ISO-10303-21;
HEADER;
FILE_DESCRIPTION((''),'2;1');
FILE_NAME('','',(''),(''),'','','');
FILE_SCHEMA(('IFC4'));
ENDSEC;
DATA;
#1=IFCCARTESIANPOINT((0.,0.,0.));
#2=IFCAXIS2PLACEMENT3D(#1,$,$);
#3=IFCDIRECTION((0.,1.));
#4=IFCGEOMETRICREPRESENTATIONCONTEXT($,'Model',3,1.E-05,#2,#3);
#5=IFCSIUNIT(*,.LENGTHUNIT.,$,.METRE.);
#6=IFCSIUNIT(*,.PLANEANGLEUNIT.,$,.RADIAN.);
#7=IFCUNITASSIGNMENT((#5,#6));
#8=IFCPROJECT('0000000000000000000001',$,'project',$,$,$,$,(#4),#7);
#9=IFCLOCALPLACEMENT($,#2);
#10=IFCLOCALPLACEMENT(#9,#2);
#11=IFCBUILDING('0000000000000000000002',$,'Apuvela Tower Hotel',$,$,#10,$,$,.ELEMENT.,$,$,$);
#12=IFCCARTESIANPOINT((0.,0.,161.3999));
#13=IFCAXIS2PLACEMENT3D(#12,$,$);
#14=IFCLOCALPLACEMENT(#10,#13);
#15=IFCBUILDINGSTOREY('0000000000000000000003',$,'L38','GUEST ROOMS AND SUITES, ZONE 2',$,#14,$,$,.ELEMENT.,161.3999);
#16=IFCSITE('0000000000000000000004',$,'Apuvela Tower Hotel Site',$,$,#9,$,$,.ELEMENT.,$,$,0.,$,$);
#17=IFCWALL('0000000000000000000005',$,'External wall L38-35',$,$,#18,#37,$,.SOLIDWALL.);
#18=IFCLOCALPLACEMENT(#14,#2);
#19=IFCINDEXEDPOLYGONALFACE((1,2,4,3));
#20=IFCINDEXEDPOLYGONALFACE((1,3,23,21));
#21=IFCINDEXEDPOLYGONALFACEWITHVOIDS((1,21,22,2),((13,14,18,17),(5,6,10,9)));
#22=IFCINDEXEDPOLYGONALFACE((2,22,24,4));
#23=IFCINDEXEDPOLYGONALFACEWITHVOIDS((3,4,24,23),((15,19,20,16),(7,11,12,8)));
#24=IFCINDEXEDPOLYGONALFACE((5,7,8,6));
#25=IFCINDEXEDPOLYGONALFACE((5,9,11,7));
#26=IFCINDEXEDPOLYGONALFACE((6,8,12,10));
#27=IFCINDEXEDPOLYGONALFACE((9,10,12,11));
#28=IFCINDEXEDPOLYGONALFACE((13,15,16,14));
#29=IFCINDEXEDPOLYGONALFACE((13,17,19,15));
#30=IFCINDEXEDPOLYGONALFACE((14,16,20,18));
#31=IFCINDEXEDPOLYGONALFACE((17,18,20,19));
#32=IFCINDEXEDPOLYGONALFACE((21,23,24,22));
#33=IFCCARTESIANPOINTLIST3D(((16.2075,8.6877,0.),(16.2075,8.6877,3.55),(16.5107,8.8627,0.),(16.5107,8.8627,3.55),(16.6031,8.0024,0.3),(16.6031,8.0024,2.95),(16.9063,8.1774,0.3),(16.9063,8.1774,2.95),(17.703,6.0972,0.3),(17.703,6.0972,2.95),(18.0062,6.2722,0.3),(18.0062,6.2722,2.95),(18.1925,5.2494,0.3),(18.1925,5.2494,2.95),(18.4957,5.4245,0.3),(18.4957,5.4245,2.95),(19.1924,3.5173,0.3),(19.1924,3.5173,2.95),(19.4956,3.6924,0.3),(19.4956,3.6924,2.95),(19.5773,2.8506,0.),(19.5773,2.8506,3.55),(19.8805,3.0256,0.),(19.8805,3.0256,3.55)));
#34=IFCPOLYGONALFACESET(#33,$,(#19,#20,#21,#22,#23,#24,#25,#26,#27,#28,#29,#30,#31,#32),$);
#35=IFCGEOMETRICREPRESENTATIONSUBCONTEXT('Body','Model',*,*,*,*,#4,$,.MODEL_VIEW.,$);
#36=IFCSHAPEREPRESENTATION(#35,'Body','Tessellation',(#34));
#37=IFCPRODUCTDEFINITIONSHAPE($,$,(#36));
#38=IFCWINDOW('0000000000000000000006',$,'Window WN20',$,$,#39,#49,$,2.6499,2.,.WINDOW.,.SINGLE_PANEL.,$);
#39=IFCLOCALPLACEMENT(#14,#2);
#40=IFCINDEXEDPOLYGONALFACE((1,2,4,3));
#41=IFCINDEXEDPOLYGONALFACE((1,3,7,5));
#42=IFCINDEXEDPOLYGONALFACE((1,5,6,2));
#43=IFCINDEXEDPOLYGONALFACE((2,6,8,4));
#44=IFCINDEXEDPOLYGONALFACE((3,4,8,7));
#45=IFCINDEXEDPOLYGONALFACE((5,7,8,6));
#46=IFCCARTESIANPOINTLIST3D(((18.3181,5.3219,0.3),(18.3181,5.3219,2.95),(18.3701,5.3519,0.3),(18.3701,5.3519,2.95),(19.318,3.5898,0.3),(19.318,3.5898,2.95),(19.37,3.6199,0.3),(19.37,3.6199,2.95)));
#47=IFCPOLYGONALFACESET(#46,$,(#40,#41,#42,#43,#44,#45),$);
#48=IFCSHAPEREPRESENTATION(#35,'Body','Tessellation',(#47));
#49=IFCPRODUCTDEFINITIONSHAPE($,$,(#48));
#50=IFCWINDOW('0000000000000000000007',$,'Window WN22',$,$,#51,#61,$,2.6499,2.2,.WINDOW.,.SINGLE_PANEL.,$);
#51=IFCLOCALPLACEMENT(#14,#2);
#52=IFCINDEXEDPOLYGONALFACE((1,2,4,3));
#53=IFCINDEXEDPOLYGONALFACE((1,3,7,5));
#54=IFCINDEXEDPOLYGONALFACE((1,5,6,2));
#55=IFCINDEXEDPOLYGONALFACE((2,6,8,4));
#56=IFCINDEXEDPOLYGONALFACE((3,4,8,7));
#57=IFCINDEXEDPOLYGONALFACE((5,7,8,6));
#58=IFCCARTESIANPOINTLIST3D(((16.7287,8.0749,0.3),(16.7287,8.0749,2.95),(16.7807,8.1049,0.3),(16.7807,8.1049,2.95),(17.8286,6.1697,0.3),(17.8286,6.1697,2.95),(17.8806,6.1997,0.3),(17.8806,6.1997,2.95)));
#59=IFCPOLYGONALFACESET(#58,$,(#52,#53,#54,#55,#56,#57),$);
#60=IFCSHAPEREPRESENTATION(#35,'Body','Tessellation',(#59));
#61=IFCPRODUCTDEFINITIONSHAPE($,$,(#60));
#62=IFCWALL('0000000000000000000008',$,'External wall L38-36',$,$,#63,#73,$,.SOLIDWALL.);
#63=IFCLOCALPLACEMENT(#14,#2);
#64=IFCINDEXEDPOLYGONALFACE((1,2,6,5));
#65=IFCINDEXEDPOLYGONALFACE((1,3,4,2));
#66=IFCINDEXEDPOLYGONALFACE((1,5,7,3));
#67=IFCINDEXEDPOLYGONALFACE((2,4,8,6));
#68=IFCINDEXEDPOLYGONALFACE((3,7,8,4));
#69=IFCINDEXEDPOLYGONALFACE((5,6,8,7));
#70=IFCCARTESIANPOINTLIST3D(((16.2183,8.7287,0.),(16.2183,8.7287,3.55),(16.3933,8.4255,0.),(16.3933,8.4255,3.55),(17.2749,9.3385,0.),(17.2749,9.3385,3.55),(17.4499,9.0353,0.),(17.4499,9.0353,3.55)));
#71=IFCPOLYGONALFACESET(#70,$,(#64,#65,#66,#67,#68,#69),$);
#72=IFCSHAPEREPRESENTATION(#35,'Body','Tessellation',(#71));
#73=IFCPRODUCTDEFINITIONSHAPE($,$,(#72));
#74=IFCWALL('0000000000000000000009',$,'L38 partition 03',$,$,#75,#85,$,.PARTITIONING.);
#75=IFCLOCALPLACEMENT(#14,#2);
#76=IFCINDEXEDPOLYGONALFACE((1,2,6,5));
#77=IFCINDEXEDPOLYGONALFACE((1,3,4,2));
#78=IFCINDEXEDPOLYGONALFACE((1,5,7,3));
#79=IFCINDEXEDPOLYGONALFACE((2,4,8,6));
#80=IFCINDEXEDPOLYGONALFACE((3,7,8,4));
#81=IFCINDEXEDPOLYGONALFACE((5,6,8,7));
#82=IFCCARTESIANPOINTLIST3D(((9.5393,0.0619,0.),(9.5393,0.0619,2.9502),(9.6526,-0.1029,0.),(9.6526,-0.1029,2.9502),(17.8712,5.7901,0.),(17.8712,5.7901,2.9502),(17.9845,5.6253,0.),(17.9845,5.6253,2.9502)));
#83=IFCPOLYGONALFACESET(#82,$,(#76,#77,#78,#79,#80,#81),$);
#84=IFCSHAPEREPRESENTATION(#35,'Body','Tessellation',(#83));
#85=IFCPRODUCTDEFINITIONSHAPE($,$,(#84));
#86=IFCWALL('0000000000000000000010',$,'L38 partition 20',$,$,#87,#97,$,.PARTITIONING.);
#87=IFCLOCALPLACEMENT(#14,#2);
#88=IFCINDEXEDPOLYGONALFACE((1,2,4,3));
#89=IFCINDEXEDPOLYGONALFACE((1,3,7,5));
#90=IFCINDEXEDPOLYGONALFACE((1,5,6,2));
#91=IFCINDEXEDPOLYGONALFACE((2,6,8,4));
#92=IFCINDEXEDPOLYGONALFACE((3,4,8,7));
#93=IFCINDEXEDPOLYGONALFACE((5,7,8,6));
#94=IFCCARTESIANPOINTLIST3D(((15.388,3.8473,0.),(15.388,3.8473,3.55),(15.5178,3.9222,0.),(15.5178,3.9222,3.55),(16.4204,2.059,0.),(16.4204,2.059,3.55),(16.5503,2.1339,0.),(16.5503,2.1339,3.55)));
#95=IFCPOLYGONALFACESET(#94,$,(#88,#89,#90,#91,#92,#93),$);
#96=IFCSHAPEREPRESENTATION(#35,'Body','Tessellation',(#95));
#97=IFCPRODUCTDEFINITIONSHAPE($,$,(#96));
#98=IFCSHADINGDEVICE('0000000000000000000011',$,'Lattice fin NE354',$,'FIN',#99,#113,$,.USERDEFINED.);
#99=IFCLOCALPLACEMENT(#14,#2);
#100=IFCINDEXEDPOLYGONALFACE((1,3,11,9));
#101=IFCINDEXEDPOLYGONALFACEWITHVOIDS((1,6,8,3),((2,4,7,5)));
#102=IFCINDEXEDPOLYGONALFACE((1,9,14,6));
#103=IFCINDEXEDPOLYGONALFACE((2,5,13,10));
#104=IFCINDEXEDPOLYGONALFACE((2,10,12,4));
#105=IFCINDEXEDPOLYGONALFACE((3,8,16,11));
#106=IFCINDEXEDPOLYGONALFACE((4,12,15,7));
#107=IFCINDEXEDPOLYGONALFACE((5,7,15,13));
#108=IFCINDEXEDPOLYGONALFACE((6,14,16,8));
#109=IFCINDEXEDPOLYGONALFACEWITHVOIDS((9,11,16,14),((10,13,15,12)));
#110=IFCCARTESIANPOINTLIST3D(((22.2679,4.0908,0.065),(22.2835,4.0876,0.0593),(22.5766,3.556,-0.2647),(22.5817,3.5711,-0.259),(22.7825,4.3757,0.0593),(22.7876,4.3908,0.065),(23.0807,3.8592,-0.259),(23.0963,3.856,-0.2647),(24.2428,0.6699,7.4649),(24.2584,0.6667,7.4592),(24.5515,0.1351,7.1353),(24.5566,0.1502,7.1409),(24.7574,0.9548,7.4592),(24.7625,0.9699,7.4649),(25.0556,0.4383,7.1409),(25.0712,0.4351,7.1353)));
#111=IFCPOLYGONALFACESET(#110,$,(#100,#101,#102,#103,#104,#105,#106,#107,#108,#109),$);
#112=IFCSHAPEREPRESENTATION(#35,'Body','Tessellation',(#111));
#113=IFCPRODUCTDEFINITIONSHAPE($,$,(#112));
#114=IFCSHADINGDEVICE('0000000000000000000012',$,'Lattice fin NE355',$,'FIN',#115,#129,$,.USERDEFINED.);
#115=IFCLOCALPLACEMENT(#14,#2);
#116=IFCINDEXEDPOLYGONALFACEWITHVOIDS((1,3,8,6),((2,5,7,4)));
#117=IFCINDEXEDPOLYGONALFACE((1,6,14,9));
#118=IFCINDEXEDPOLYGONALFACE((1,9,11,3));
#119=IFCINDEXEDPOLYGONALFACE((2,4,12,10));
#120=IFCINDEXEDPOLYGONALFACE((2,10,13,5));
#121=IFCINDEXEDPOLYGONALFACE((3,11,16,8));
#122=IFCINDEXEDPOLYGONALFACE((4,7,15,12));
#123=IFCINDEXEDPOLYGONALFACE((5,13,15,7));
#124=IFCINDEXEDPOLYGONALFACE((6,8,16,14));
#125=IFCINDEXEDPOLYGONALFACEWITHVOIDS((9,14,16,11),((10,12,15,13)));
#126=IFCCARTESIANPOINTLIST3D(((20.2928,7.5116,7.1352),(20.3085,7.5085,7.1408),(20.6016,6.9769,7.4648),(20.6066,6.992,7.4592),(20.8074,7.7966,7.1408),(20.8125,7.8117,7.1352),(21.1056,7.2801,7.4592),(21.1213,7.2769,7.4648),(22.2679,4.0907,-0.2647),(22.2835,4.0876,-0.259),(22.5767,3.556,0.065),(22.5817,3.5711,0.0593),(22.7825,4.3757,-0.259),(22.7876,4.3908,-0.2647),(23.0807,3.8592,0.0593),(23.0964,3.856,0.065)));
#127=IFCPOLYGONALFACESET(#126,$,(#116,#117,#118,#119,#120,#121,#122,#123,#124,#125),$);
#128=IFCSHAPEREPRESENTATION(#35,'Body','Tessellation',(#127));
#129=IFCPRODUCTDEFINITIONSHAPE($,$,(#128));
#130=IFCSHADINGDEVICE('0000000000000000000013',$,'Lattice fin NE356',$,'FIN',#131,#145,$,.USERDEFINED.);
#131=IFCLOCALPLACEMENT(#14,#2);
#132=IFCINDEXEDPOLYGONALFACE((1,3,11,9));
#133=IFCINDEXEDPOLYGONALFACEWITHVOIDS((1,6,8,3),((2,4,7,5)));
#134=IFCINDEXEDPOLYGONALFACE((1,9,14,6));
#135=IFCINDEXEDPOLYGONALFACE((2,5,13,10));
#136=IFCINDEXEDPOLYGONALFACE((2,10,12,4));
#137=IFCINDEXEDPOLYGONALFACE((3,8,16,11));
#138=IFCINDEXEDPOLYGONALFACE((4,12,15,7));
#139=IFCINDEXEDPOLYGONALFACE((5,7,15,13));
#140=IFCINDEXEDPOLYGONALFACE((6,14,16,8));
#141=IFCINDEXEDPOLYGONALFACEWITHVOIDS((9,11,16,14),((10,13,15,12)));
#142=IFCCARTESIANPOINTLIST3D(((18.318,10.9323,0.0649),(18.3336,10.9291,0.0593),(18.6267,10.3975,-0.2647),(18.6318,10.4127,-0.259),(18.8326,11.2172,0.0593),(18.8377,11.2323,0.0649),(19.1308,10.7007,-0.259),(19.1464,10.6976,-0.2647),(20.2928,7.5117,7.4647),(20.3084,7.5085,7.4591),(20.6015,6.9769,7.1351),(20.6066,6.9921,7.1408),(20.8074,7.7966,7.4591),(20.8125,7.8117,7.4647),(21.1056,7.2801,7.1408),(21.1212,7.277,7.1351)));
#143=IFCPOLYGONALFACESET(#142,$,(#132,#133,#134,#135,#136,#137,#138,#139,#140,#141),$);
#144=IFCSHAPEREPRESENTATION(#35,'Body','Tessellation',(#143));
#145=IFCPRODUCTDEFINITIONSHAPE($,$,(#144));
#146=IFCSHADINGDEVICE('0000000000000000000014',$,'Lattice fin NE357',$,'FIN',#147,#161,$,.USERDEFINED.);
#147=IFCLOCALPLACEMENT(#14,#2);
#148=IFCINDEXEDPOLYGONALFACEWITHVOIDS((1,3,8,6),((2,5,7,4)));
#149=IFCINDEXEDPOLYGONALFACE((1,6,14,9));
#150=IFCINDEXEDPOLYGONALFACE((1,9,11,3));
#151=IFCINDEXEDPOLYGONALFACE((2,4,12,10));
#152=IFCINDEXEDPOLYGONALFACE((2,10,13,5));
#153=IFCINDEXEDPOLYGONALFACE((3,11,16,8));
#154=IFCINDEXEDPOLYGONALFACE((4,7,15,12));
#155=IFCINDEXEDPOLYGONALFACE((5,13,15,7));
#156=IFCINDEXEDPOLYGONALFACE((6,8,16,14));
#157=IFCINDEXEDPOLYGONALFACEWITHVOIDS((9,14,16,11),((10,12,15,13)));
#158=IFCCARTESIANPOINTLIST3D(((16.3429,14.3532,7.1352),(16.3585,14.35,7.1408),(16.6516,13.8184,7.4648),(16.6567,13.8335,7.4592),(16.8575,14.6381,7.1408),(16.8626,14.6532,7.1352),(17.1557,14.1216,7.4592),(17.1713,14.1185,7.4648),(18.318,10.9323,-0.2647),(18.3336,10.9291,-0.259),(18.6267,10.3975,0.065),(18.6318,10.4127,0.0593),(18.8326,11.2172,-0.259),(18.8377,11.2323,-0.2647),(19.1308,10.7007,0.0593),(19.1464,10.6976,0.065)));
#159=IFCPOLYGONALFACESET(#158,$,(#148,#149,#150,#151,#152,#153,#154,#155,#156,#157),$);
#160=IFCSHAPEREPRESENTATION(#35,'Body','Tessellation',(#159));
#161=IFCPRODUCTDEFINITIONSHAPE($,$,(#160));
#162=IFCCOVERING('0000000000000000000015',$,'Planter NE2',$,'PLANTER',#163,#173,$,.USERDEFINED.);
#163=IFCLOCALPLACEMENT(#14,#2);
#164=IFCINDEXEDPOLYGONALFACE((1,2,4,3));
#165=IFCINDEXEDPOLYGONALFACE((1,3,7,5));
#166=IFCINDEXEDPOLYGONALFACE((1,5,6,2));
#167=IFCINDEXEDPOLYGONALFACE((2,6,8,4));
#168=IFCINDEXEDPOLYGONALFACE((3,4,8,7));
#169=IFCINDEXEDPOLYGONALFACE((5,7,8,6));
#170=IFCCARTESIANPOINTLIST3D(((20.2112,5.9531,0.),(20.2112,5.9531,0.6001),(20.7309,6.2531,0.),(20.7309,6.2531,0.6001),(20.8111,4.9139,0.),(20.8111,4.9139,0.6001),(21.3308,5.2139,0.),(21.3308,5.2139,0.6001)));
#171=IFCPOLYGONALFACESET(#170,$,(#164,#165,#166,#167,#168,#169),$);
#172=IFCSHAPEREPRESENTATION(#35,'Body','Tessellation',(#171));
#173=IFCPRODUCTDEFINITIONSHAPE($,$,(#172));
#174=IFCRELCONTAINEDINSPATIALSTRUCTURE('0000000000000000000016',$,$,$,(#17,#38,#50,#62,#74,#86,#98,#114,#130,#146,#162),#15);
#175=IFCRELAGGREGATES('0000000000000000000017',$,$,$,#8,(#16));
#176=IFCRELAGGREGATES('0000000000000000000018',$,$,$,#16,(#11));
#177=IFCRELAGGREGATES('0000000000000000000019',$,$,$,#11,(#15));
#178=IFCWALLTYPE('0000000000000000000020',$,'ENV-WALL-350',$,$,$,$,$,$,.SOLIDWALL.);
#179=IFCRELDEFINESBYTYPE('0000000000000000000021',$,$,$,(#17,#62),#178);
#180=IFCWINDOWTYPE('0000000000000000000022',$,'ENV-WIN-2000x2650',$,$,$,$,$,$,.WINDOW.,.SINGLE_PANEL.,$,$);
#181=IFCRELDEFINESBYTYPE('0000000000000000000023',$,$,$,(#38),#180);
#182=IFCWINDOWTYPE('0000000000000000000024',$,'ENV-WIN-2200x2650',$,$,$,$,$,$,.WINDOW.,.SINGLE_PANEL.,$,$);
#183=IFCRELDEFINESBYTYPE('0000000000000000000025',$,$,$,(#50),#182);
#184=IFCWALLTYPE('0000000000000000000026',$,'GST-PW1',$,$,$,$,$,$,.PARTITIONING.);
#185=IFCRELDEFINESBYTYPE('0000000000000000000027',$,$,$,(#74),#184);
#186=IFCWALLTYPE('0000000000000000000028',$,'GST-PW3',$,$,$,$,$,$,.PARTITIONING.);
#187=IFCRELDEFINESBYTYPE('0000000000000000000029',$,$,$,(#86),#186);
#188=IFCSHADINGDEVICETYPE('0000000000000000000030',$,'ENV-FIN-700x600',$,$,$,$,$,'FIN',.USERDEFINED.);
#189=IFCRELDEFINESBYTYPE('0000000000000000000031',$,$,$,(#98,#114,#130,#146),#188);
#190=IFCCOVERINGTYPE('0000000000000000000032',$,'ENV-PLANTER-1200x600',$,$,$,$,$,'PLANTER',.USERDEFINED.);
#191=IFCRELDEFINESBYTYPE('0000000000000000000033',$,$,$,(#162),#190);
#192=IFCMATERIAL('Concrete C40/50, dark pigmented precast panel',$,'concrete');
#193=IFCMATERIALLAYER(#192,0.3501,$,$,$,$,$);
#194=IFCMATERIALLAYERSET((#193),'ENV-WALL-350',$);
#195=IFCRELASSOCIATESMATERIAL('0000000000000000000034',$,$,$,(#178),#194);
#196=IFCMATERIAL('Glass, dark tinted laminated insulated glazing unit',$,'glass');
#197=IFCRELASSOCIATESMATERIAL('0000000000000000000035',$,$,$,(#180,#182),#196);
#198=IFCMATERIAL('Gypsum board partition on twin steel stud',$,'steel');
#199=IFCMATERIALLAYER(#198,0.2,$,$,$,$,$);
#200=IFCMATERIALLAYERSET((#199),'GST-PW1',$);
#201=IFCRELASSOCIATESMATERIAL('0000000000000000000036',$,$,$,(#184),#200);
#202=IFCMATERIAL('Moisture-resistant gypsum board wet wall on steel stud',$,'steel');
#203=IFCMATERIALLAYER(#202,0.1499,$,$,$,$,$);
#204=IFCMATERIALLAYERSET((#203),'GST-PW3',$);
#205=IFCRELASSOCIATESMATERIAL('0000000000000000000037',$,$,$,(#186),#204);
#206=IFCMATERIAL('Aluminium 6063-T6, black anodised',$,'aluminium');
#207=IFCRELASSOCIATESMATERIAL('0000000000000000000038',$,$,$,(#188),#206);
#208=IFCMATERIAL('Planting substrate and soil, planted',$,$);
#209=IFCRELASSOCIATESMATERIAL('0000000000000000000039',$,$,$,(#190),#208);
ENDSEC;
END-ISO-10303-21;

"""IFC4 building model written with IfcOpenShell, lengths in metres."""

from ifc_helpers import new_model, si_unit, direction, frame, frame_2d, origin, origin_2d, place, context, subcontext, project, spatial, rectangle, hollow_rectangle, extrude, material, layer, layer_set, material_profile, profile_set, type_object, element, fill, save


model = new_model("IFC4")

# Units and contexts
model_context = context("Model", 3, precision=1e-05, world=origin(), true_north=direction((0.0, 1.0)))
body_context = subcontext(model_context, "Body", "Model", "MODEL_VIEW")
ifc_project = project(units=[si_unit("LENGTHUNIT", "METRE"), si_unit("PLANEANGLEUNIT", "RADIAN")], contexts=[model_context])

# Site, building, storey
site_placement = place(None, origin())
site = spatial("IfcSite", under=ifc_project, at=site_placement, Name="Apuvela Tower Hotel Site", CompositionType="ELEMENT", RefElevation=0.0)
building_placement = place(site_placement, origin())
building = spatial("IfcBuilding", under=site, at=building_placement, Name="Apuvela Tower Hotel", CompositionType="ELEMENT")
storey_placement = place(building_placement, frame((0.0, 0.0, 161.3999)))
storey = spatial("IfcBuildingStorey", under=building, at=storey_placement, Name="L38", Description="GUEST ROOMS AND SUITES, ZONE 2", CompositionType="ELEMENT", Elevation=161.3999)

# Shared definitions
ifc_material_1 = material(Name="Concrete C40/50, dark pigmented precast panel", Category="concrete")
ifc_layer_1 = layer(ifc_material_1, 0.3501)
ifc_layer_set_1 = layer_set([ifc_layer_1], Name="ENV-WALL-350")
wall_type_1 = type_object("IfcWallType", Name="ENV-WALL-350", PredefinedType="SOLIDWALL", material=ifc_layer_set_1)

# Wall, openings, windows
wall_1_placement = place(storey_placement, frame((19.729, 2.938, 0.0), z_axis=(0.0, 0.0, 1.0), x_axis=(-0.499976, 0.866039, 0.0)))
wall_1 = element("IfcWall", 1, at=wall_1_placement, inside=storey, type_object=wall_type_1, Name="External wall L38-35", PredefinedType="SOLIDWALL", context=body_context, shape_type="SweptSolid", body=[
    extrude(rectangle(XDim=6.74, YDim=0.3501, at=frame_2d((3.3701, 0.0))), origin(), (0.0, 0.0, 1.0), 3.55),
])
opening_1_placement = place(wall_1_placement, frame((0.77, 0.0, 0.3)))
opening_1 = element("IfcOpeningElement", 2, at=opening_1_placement, cuts=wall_1, PredefinedType="OPENING", context=body_context, shape_type="SweptSolid", body=[
    extrude(rectangle(XDim=2.0, YDim=2.6499, at=frame_2d((1.0, 1.325))), frame((0.0, 0.1851, 0.0), z_axis=(0.0, -1.0, 0.0), x_axis=(1.0, 0.0, 0.0)), (0.0, 0.0, 1.0), 0.3701),
])
opening_2_placement = place(wall_1_placement, frame((3.7488, 0.0, 0.3)))
opening_2 = element("IfcOpeningElement", 3, at=opening_2_placement, cuts=wall_1, PredefinedType="OPENING", context=body_context, shape_type="SweptSolid", body=[
    extrude(rectangle(XDim=2.2, YDim=2.6499, at=frame_2d((1.1001, 1.325))), frame((0.0, 0.1851, 0.0), z_axis=(0.0, -1.0, 0.0), x_axis=(1.0, 0.0, 0.0)), (0.0, 0.0, 1.0), 0.3701),
])
ifc_material_2 = material(Name="Glass, dark tinted laminated insulated glazing unit", Category="glass")
window_type_1 = type_object("IfcWindowType", Name="ENV-WIN-2000x2650", PartitioningType="SINGLE_PANEL", PredefinedType="WINDOW", material=ifc_material_2)
window_1_placement = place(opening_1_placement, origin())
window_1 = element("IfcWindow", 4, at=window_1_placement, inside=storey, type_object=window_type_1, Name="Window WN20", OverallHeight=2.6499, OverallWidth=2.0, PartitioningType="SINGLE_PANEL", PredefinedType="WINDOW", context=body_context, shape_type="SweptSolid", body=[
    extrude(rectangle(XDim=2.0, YDim=2.6499, at=frame_2d((1.0, 1.325))), frame((0.0, 0.03, 0.0), z_axis=(0.0, -1.0, 0.0), x_axis=(1.0, 0.0, 0.0)), (0.0, 0.0, 1.0), 0.0601),
])
fill(opening_1, window_1)
window_type_2 = type_object("IfcWindowType", Name="ENV-WIN-2200x2650", PartitioningType="SINGLE_PANEL", PredefinedType="WINDOW", material=ifc_material_2)
window_2_placement = place(opening_2_placement, origin())
window_2 = element("IfcWindow", 5, at=window_2_placement, inside=storey, type_object=window_type_2, Name="Window WN22", OverallHeight=2.6499, OverallWidth=2.2, PartitioningType="SINGLE_PANEL", PredefinedType="WINDOW", context=body_context, shape_type="SweptSolid", body=[
    extrude(rectangle(XDim=2.2, YDim=2.6499, at=frame_2d((1.1001, 1.325))), frame((0.0, 0.03, 0.0), z_axis=(0.0, -1.0, 0.0), x_axis=(1.0, 0.0, 0.0)), (0.0, 0.0, 1.0), 0.0601),
])
fill(opening_2, window_2)

# Wall
wall_2_placement = place(storey_placement, frame((16.3059, 8.5771, 0.0), z_axis=(0.0, 0.0, 1.0), x_axis=(0.866092, 0.499884, 0.0)))
element("IfcWall", 6, at=wall_2_placement, inside=storey, type_object=wall_type_1, Name="External wall L38-36", PredefinedType="SOLIDWALL", context=body_context, shape_type="SweptSolid", body=[
    extrude(rectangle(XDim=1.22, YDim=0.3501, at=frame_2d((0.6099, 0.0))), origin(), (0.0, 0.0, 1.0), 3.55),
])

# Walls
ifc_material_3 = material(Name="Gypsum board partition on twin steel stud", Category="steel")
ifc_layer_2 = layer(ifc_material_3, 0.2)
ifc_layer_set_2 = layer_set([ifc_layer_2], Name="GST-PW1")
wall_type_2 = type_object("IfcWallType", Name="GST-PW1", PredefinedType="PARTITIONING", material=ifc_layer_set_2)
wall_3_placement = place(storey_placement, frame((17.928, 5.7078, 0.0), z_axis=(0.0, 0.0, 1.0), x_axis=(-0.824042, -0.566529, 0.0)))
element("IfcWall", 7, at=wall_3_placement, inside=storey, type_object=wall_type_2, Name="L38 partition 03", PredefinedType="PARTITIONING", context=body_context, shape_type="SweptSolid", body=[
    extrude(rectangle(XDim=10.1111, YDim=0.2, at=frame_2d((5.0557, 0.0))), origin(), (0.0, 0.0, 1.0), 2.9502),
])
ifc_material_4 = material(Name="Moisture-resistant gypsum board wet wall on steel stud", Category="steel")
ifc_layer_3 = layer(ifc_material_4, 0.1499)
ifc_layer_set_3 = layer_set([ifc_layer_3], Name="GST-PW3")
wall_type_3 = type_object("IfcWallType", Name="GST-PW3", PredefinedType="PARTITIONING", material=ifc_layer_set_3)
wall_4_placement = place(storey_placement, frame((16.4854, 2.0964, 0.0), z_axis=(0.0, 0.0, 1.0), x_axis=(-0.499992, 0.86603, 0.0)))
element("IfcWall", 8, at=wall_4_placement, inside=storey, type_object=wall_type_3, Name="L38 partition 20", PredefinedType="PARTITIONING", context=body_context, shape_type="SweptSolid", body=[
    extrude(rectangle(XDim=2.0649, YDim=0.1499, at=frame_2d((1.0325, 0.0))), origin(), (0.0, 0.0, 1.0), 3.55),
])

# Shading devices
ifc_material_5 = material(Name="Aluminium 6063-T6, black anodised", Category="aluminium")
ifc_material_profile_1 = material_profile(ifc_material_5, hollow_rectangle(XDim=0.6001, YDim=0.7, WallThickness=0.012, at=origin_2d()), Name="AL BOX 700x600x12")
ifc_profile_set_1 = profile_set([ifc_material_profile_1], Name="Aluminium 6063-T6, black anodised")
shading_device_type = type_object("IfcShadingDeviceType", Name="ENV-FIN-700x600", ElementType="FIN", PredefinedType="USERDEFINED", material=ifc_profile_set_1)
for number, where, z_axis, x_axis, name in (
    (9, (22.6821, 3.9734, -0.0999), (0.235434, -0.407825, 0.882185), (0.866048, 0.499961, 0.0), "Lattice fin NE354"),
    (10, (22.6821, 3.9734, -0.0999), (-0.235461, 0.407822, 0.882179), (-0.866021, -0.500008, 0.0), "Lattice fin NE355"),
):
    element("IfcShadingDevice", number, at=place(storey_placement, frame(where, z_axis=z_axis, x_axis=x_axis)), inside=storey, type_object=shading_device_type, Name=name, ObjectType="FIN", PredefinedType="USERDEFINED", context=body_context, shape_type="SweptSolid", body=[
        extrude(hollow_rectangle(XDim=0.6001, YDim=0.7, WallThickness=0.012, at=origin_2d()), origin(), (0.0, 0.0, 1.0), 8.3882),
    ])
shading_device_1_placement = place(storey_placement, frame((18.7322, 10.8149, -0.0999), z_axis=(0.235436, -0.407801, 0.882195), x_axis=(0.866032, 0.499988, 0.0)))
element("IfcShadingDevice", 11, at=shading_device_1_placement, inside=storey, type_object=shading_device_type, Name="Lattice fin NE356", ObjectType="FIN", PredefinedType="USERDEFINED", context=body_context, shape_type="SweptSolid", body=[
    extrude(hollow_rectangle(XDim=0.6001, YDim=0.7, WallThickness=0.012, at=origin_2d()), origin(), (0.0, 0.0, 1.0), 8.3879),
])
shading_device_2_placement = place(storey_placement, frame((18.7322, 10.8149, -0.0999), z_axis=(-0.235461, 0.407822, 0.882179), x_axis=(-0.866021, -0.500008, 0.0)))
element("IfcShadingDevice", 12, at=shading_device_2_placement, inside=storey, type_object=shading_device_type, Name="Lattice fin NE357", ObjectType="FIN", PredefinedType="USERDEFINED", context=body_context, shape_type="SweptSolid", body=[
    extrude(hollow_rectangle(XDim=0.6001, YDim=0.7, WallThickness=0.012, at=origin_2d()), origin(), (0.0, 0.0, 1.0), 8.3882),
])

# Covering
ifc_material_6 = material(Name="Planting substrate and soil, planted")
covering_type = type_object("IfcCoveringType", Name="ENV-PLANTER-1200x600", ElementType="PLANTER", PredefinedType="USERDEFINED", material=ifc_material_6)
covering_placement = place(storey_placement, frame((20.771, 5.5835, 0.0), z_axis=(0.0, 0.0, 1.0), x_axis=(-0.5, 0.866025, 0.0)))
element("IfcCovering", 13, at=covering_placement, inside=storey, type_object=covering_type, Name="Planter NE2", ObjectType="PLANTER", PredefinedType="USERDEFINED", context=body_context, shape_type="SweptSolid", body=[
    extrude(rectangle(XDim=1.2, YDim=0.6001, at=origin_2d()), origin(), (0.0, 0.0, 1.0), 0.6001),
])

save(model, "model.ifc")
